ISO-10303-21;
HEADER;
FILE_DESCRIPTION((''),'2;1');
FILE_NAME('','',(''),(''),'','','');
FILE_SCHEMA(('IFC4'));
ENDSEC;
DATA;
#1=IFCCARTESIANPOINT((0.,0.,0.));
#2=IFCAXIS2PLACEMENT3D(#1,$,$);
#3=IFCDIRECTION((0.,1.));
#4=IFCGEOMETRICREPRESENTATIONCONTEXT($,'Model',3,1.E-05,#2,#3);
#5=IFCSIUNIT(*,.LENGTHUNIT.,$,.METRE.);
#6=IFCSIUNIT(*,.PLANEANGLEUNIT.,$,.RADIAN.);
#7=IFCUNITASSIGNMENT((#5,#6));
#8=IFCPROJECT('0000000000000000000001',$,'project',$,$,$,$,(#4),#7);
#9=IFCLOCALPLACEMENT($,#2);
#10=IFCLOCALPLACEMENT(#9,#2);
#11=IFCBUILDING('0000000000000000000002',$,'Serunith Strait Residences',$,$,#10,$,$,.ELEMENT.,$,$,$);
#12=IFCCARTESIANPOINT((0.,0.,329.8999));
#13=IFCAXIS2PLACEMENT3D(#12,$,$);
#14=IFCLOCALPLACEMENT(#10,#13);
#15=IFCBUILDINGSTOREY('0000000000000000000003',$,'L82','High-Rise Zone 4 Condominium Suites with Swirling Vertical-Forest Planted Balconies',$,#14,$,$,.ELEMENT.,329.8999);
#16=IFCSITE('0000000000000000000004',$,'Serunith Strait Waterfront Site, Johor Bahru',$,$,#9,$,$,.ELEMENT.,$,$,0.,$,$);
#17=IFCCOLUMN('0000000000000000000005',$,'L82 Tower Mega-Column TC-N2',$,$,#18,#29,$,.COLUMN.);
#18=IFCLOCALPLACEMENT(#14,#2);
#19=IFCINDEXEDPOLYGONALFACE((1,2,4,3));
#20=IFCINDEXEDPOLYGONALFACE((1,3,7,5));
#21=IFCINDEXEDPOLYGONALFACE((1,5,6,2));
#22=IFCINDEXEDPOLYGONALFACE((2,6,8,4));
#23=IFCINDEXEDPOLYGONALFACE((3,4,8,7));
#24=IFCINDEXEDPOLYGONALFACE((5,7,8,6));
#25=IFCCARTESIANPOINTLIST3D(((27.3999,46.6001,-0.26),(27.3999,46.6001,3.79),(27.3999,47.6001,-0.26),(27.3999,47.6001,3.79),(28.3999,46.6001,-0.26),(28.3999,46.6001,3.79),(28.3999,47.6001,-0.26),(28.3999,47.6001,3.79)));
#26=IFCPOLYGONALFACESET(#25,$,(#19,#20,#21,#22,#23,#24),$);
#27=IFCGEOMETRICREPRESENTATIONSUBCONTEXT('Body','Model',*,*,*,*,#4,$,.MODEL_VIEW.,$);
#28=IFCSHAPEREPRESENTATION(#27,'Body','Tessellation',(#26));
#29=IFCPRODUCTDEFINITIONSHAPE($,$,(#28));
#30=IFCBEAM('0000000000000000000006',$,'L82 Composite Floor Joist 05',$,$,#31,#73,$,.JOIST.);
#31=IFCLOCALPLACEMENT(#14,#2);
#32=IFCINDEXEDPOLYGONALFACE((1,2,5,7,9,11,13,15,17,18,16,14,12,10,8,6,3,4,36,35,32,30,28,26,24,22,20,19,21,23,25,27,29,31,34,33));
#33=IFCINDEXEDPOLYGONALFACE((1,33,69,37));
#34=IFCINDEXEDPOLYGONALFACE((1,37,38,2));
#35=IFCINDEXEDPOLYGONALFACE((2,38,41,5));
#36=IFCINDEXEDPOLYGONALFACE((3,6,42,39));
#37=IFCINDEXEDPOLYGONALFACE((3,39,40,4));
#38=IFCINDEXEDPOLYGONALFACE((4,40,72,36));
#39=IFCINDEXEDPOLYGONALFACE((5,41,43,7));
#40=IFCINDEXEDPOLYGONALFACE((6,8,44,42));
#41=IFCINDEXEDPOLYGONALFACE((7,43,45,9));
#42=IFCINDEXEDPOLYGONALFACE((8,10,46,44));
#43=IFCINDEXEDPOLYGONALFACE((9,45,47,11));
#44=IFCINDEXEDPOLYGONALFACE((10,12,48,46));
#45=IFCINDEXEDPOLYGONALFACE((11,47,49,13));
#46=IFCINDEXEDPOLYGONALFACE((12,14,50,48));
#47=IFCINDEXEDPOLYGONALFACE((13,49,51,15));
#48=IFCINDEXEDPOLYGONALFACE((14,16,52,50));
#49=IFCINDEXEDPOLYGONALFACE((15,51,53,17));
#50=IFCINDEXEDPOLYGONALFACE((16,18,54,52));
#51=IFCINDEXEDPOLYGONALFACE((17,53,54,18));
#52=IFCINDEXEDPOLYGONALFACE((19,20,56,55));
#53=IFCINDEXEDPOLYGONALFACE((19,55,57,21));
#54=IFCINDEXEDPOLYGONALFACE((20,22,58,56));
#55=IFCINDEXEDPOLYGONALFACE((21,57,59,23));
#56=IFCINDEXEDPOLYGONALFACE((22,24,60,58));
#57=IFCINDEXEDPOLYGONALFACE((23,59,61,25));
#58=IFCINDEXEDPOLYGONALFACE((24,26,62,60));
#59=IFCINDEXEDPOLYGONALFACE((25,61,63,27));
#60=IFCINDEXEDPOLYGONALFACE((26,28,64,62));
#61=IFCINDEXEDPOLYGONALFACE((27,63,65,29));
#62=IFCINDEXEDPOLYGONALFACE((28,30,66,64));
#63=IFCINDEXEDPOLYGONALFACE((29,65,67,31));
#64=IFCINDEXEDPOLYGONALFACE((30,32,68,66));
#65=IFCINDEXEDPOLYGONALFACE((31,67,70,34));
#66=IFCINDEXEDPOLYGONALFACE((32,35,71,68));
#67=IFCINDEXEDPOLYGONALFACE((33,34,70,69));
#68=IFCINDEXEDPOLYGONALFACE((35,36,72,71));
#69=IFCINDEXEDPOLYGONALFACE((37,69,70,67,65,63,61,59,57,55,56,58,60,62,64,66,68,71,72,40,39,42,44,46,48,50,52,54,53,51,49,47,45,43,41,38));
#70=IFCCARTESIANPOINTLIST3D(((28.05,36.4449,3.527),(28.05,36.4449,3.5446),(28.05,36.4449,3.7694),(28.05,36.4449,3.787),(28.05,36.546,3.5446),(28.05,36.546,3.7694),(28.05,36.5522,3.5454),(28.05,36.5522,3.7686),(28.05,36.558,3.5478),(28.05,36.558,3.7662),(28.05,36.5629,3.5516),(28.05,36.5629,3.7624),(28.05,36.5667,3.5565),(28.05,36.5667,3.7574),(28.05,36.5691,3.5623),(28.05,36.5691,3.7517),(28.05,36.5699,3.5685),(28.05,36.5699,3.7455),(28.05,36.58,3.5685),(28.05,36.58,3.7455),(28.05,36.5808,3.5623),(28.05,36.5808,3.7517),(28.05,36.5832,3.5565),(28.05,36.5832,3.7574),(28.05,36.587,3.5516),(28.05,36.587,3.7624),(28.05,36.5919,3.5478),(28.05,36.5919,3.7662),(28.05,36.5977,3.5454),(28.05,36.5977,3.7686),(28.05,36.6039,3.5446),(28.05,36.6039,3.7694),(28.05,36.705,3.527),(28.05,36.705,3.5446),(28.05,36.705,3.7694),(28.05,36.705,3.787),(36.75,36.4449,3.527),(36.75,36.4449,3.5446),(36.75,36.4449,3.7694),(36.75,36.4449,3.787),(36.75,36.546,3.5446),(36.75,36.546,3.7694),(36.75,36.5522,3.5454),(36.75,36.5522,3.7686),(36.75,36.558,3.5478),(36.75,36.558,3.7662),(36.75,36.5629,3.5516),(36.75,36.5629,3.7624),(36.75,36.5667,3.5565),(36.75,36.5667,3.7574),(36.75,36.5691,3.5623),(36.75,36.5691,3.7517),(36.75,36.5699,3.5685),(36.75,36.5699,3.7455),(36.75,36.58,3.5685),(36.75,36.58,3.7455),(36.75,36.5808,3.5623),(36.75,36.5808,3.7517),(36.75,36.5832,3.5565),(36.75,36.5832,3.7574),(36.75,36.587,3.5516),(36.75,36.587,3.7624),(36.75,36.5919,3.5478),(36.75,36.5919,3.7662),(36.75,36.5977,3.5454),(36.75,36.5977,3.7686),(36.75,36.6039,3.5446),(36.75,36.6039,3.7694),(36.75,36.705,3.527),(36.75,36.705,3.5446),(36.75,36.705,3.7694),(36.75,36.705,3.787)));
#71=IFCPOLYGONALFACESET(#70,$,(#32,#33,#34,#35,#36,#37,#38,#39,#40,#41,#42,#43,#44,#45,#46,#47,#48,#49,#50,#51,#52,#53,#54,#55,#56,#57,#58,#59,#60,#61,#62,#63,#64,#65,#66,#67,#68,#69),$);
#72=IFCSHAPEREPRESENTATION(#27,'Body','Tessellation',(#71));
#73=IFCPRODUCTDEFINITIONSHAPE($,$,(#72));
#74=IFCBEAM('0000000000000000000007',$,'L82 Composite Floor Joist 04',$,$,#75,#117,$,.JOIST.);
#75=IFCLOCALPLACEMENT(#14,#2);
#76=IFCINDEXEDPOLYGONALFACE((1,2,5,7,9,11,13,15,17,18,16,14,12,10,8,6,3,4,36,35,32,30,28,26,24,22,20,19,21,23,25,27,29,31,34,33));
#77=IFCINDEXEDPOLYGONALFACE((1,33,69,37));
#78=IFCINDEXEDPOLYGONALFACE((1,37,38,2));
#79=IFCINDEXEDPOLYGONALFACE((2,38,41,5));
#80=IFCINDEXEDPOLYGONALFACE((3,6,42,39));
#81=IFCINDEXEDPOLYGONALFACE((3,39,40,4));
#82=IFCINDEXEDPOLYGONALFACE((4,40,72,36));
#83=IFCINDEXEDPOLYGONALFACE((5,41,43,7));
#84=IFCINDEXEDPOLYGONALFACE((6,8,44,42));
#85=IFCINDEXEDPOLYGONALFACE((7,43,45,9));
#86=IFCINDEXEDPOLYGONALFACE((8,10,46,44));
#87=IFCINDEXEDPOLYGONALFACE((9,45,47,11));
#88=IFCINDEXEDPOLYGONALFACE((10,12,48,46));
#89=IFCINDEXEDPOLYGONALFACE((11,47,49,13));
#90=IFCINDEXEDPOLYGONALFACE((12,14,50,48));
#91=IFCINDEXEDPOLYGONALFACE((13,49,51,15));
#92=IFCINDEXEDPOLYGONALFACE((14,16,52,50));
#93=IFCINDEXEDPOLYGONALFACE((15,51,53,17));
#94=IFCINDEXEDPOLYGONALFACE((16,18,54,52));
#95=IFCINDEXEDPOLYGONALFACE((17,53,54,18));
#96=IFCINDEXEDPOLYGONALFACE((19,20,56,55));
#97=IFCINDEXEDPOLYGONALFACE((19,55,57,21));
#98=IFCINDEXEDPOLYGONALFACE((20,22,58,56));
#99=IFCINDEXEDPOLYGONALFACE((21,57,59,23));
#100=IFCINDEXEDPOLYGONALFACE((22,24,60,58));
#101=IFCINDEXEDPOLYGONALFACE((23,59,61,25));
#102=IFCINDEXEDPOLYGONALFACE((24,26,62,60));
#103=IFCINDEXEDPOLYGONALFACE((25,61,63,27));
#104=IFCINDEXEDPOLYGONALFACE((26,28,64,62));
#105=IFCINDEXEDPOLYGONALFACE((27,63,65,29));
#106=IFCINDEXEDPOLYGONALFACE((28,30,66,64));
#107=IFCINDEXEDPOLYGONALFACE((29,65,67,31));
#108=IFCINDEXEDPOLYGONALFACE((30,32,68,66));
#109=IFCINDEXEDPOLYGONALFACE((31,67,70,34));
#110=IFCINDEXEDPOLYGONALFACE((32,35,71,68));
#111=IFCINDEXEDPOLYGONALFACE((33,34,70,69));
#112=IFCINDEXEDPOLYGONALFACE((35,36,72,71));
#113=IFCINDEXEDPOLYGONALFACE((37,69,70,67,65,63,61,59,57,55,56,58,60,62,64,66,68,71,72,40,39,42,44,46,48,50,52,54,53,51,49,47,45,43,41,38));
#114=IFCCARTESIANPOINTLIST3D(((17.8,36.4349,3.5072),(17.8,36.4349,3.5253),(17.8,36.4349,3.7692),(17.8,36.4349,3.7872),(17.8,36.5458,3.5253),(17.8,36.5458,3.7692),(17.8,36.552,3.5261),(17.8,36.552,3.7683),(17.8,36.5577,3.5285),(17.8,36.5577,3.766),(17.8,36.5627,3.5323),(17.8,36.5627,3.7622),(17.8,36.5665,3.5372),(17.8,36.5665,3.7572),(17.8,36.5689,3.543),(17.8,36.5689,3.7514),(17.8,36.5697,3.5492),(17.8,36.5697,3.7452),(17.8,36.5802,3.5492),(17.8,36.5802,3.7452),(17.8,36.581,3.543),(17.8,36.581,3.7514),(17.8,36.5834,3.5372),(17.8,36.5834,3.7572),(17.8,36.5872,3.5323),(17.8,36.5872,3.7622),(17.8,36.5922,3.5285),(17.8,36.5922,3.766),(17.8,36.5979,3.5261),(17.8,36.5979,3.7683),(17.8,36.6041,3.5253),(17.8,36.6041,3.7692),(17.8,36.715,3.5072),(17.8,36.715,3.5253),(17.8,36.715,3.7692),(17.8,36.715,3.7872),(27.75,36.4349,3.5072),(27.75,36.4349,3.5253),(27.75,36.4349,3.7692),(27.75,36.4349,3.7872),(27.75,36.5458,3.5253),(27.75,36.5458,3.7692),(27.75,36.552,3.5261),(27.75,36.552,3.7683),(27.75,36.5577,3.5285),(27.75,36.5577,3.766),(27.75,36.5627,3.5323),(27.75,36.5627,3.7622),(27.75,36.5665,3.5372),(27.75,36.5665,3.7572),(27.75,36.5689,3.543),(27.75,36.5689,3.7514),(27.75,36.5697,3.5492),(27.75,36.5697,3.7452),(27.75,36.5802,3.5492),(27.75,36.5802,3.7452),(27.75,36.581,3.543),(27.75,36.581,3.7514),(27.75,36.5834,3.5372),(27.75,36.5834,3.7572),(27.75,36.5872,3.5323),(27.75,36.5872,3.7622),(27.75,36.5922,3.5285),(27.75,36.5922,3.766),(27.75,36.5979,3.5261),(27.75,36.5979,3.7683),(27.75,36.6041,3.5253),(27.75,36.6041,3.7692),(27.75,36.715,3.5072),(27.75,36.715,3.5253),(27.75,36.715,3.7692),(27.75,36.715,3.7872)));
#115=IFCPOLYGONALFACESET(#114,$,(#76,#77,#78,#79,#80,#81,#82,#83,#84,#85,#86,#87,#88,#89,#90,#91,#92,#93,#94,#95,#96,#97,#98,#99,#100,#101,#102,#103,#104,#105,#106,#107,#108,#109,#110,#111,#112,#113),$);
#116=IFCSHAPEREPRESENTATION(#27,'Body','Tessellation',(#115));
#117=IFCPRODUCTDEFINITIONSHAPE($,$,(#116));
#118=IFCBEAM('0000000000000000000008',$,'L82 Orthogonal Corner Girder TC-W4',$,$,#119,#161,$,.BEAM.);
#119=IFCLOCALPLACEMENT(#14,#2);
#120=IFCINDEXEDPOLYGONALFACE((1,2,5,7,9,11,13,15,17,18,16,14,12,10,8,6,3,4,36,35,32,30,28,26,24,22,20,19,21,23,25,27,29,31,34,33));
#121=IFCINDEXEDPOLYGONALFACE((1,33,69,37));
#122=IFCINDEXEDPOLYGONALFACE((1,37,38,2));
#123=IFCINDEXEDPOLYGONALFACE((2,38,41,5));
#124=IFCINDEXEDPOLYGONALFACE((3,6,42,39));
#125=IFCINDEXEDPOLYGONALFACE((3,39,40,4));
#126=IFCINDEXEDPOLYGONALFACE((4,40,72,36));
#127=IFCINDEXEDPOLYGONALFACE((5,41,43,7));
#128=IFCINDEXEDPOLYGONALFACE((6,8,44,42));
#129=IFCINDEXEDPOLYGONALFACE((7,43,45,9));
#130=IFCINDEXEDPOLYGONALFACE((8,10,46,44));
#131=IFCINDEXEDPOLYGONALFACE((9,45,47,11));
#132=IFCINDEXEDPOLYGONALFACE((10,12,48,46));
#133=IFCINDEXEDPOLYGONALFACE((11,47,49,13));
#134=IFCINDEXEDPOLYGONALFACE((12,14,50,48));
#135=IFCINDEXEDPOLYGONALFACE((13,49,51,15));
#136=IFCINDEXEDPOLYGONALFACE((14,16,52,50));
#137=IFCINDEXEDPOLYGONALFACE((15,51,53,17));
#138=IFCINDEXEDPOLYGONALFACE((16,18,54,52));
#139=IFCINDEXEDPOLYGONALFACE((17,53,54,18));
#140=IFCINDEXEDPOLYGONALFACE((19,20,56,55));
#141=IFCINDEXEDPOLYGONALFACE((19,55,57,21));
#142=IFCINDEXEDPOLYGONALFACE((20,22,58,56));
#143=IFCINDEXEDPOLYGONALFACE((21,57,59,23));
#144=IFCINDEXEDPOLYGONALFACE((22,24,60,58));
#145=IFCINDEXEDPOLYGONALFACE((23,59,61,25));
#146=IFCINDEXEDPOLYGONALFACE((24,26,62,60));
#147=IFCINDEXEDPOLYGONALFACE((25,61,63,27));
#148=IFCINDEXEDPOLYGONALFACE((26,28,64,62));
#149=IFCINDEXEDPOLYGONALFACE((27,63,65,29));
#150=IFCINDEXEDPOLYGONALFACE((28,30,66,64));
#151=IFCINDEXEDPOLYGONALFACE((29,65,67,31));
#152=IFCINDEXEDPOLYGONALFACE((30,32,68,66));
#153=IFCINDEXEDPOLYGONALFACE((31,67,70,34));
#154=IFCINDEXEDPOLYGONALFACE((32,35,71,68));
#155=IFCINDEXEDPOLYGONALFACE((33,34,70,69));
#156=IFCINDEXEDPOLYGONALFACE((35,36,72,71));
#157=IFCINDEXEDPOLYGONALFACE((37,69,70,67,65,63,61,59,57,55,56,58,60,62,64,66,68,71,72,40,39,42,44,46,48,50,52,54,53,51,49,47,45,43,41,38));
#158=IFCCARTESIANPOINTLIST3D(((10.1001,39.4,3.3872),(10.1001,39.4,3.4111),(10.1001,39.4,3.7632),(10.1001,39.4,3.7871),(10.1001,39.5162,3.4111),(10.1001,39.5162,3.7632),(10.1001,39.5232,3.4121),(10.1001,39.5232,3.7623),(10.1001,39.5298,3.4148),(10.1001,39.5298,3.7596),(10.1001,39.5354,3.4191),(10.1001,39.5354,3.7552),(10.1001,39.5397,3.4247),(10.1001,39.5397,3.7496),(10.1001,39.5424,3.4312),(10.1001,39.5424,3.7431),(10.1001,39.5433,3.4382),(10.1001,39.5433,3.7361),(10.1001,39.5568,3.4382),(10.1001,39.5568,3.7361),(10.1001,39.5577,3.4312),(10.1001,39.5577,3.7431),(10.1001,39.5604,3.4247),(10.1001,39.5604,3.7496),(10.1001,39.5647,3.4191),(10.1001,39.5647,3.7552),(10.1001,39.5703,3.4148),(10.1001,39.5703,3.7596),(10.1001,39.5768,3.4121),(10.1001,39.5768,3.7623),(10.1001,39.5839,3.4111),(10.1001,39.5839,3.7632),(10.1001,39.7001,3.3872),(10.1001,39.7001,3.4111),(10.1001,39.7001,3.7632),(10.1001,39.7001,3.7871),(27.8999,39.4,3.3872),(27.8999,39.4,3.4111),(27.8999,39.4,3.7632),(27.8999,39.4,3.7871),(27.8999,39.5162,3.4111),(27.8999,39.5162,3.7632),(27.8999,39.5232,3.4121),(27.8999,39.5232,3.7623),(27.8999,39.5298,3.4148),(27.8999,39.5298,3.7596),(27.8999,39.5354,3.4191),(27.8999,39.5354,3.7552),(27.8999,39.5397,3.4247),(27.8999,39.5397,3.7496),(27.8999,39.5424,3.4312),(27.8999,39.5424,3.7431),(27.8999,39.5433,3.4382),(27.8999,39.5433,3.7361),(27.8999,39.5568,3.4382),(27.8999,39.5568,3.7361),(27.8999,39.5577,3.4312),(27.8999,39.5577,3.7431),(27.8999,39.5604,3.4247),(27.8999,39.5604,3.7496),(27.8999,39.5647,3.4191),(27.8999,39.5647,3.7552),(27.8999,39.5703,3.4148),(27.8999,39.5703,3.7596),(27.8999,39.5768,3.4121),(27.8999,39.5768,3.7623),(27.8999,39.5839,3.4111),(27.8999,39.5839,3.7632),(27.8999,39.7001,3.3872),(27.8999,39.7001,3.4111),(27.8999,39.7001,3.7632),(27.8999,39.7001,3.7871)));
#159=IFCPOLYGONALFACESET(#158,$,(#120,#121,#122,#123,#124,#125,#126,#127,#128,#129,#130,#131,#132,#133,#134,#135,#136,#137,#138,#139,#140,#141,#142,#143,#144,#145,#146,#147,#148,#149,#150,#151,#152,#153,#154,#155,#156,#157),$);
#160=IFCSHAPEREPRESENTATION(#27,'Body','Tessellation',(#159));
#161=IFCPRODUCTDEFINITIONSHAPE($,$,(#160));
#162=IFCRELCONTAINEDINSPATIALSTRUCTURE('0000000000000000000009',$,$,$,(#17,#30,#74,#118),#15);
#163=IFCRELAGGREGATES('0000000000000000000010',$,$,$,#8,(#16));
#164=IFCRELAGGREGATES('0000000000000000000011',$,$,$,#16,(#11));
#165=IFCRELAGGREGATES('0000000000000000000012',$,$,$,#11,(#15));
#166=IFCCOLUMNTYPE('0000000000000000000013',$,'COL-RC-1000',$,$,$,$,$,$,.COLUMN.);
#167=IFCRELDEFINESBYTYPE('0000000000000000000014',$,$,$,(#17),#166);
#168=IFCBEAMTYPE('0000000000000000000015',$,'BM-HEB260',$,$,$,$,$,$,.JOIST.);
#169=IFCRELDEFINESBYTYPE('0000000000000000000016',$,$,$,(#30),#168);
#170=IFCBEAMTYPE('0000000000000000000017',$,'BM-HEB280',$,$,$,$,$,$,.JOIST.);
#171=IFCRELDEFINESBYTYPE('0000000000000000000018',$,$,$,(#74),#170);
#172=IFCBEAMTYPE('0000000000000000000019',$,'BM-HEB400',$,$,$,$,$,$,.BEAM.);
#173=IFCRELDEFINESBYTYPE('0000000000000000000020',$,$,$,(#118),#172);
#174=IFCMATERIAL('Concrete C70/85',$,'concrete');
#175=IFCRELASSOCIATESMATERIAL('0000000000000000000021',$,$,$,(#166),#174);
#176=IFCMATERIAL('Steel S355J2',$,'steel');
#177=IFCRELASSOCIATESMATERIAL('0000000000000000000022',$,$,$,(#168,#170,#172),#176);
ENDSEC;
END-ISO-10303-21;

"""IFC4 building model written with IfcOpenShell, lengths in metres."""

from ifc_helpers import new_model, si_unit, direction, frame, origin, origin_2d, place, context, subcontext, project, spatial, rectangle, i_section, extrude, source, transform, mapped, material, material_profile, profile_set, type_object, element, save


model = new_model("IFC4")

# Units and contexts
model_context = context("Model", 3, precision=1e-05, world=origin(), true_north=direction((0.0, 1.0)))
body_context = subcontext(model_context, "Body", "Model", "MODEL_VIEW")
ifc_project = project(units=[si_unit("LENGTHUNIT", "METRE"), si_unit("PLANEANGLEUNIT", "RADIAN")], contexts=[model_context])

# Site, building, storey
site_placement = place(None, origin())
site = spatial("IfcSite", under=ifc_project, at=site_placement, Name="Serunith Strait Waterfront Site, Johor Bahru", CompositionType="ELEMENT", RefElevation=0.0)
building_placement = place(site_placement, origin())
building = spatial("IfcBuilding", under=site, at=building_placement, Name="Serunith Strait Residences", CompositionType="ELEMENT")
storey_placement = place(building_placement, frame((0.0, 0.0, 329.8999)))
storey = spatial("IfcBuildingStorey", under=building, at=storey_placement, Name="L82", Description="High-Rise Zone 4 Condominium Suites with Swirling Vertical-Forest Planted Balconies", CompositionType="ELEMENT", Elevation=329.8999)

# Column
ifc_material_1 = material(Name="Concrete C70/85", Category="concrete")
ifc_material_profile_1 = material_profile(ifc_material_1, rectangle(XDim=1.0, YDim=1.0, at=origin_2d()), Name="RC 1000x1000")
ifc_profile_set_1 = profile_set([ifc_material_profile_1], Name="Concrete C70/85")
column_type = type_object("IfcColumnType", Name="COL-RC-1000", PredefinedType="COLUMN", material=ifc_profile_set_1)
shared_shape_1 = source(origin(), body_context, "Body", "SweptSolid", [
    extrude(rectangle(XDim=1.0, YDim=1.0, at=origin_2d()), origin(), (0.0, 0.0, 1.0), 4.05),
])
column_placement = place(storey_placement, frame((27.8999, 47.1001, -0.26), z_axis=(0.0, 0.0, 1.0), x_axis=(1.0, 0.0, 0.0)))
element("IfcColumn", 1, at=column_placement, inside=storey, type_object=column_type, Name="L82 Tower Mega-Column TC-N2", PredefinedType="COLUMN", context=body_context, shape_type="MappedRepresentation", body=[
    mapped(shared_shape_1, transform((0.0, 0.0, 0.0), scale=1.0)),
])

# Beams
ifc_material_2 = material(Name="Steel S355J2", Category="steel")
ifc_material_profile_2 = material_profile(ifc_material_2, i_section(OverallWidth=0.26, OverallDepth=0.26, WebThickness=0.01, FlangeThickness=0.0176, FilletRadius=0.0239, at=origin_2d()), Name="HEB 260")
ifc_profile_set_2 = profile_set([ifc_material_profile_2], Name="Steel S355J2")
beam_type_1 = type_object("IfcBeamType", Name="BM-HEB260", PredefinedType="JOIST", material=ifc_profile_set_2)
shared_shape_2 = source(origin(), body_context, "Body", "SweptSolid", [
    extrude(i_section(OverallWidth=0.26, OverallDepth=0.26, WebThickness=0.01, FlangeThickness=0.0176, FilletRadius=0.0239, at=origin_2d()), origin(), (0.0, 0.0, 1.0), 8.7),
])
beam_1_placement = place(storey_placement, frame((28.05, 36.575, 3.657), z_axis=(1.0, 0.0, 0.0), x_axis=(0.0, 1.0, 0.0)))
element("IfcBeam", 2, at=beam_1_placement, inside=storey, type_object=beam_type_1, Name="L82 Composite Floor Joist 05", PredefinedType="JOIST", context=body_context, shape_type="MappedRepresentation", body=[
    mapped(shared_shape_2, transform((0.0, 0.0, 0.0), scale=1.0)),
])
ifc_material_profile_3 = material_profile(ifc_material_2, i_section(OverallWidth=0.28, OverallDepth=0.28, WebThickness=0.0105, FlangeThickness=0.0181, FilletRadius=0.0239, at=origin_2d()), Name="HEB 280")
ifc_profile_set_3 = profile_set([ifc_material_profile_3], Name="Steel S355J2")
beam_type_2 = type_object("IfcBeamType", Name="BM-HEB280", PredefinedType="JOIST", material=ifc_profile_set_3)
shared_shape_3 = source(origin(), body_context, "Body", "SweptSolid", [
    extrude(i_section(OverallWidth=0.28, OverallDepth=0.28, WebThickness=0.0105, FlangeThickness=0.0181, FilletRadius=0.0239, at=origin_2d()), origin(), (0.0, 0.0, 1.0), 9.95),
])
beam_2_placement = place(storey_placement, frame((17.8, 36.575, 3.6472), z_axis=(1.0, 0.0, 0.0), x_axis=(0.0, 1.0, 0.0)))
element("IfcBeam", 3, at=beam_2_placement, inside=storey, type_object=beam_type_2, Name="L82 Composite Floor Joist 04", PredefinedType="JOIST", context=body_context, shape_type="MappedRepresentation", body=[
    mapped(shared_shape_3, transform((0.0, 0.0, 0.0), scale=1.0)),
])
ifc_material_profile_4 = material_profile(ifc_material_2, i_section(OverallWidth=0.3, OverallDepth=0.3999, WebThickness=0.0134, FlangeThickness=0.0239, FilletRadius=0.0271, at=origin_2d()), Name="HEB 400")
ifc_profile_set_4 = profile_set([ifc_material_profile_4], Name="Steel S355J2")
beam_type_3 = type_object("IfcBeamType", Name="BM-HEB400", PredefinedType="BEAM", material=ifc_profile_set_4)
shared_shape_4 = source(origin(), body_context, "Body", "SweptSolid", [
    extrude(i_section(OverallWidth=0.3, OverallDepth=0.3999, WebThickness=0.0134, FlangeThickness=0.0239, FilletRadius=0.0271, at=origin_2d()), origin(), (0.0, 0.0, 1.0), 17.7998),
])
beam_3_placement = place(storey_placement, frame((27.8999, 39.55, 3.5872), z_axis=(-1.0, 0.0, 0.0), x_axis=(0.0, -1.0, 0.0)))
element("IfcBeam", 4, at=beam_3_placement, inside=storey, type_object=beam_type_3, Name="L82 Orthogonal Corner Girder TC-W4", PredefinedType="BEAM", context=body_context, shape_type="MappedRepresentation", body=[
    mapped(shared_shape_4, transform((0.0, 0.0, 0.0), scale=1.0)),
])

save(model, "model.ifc")
